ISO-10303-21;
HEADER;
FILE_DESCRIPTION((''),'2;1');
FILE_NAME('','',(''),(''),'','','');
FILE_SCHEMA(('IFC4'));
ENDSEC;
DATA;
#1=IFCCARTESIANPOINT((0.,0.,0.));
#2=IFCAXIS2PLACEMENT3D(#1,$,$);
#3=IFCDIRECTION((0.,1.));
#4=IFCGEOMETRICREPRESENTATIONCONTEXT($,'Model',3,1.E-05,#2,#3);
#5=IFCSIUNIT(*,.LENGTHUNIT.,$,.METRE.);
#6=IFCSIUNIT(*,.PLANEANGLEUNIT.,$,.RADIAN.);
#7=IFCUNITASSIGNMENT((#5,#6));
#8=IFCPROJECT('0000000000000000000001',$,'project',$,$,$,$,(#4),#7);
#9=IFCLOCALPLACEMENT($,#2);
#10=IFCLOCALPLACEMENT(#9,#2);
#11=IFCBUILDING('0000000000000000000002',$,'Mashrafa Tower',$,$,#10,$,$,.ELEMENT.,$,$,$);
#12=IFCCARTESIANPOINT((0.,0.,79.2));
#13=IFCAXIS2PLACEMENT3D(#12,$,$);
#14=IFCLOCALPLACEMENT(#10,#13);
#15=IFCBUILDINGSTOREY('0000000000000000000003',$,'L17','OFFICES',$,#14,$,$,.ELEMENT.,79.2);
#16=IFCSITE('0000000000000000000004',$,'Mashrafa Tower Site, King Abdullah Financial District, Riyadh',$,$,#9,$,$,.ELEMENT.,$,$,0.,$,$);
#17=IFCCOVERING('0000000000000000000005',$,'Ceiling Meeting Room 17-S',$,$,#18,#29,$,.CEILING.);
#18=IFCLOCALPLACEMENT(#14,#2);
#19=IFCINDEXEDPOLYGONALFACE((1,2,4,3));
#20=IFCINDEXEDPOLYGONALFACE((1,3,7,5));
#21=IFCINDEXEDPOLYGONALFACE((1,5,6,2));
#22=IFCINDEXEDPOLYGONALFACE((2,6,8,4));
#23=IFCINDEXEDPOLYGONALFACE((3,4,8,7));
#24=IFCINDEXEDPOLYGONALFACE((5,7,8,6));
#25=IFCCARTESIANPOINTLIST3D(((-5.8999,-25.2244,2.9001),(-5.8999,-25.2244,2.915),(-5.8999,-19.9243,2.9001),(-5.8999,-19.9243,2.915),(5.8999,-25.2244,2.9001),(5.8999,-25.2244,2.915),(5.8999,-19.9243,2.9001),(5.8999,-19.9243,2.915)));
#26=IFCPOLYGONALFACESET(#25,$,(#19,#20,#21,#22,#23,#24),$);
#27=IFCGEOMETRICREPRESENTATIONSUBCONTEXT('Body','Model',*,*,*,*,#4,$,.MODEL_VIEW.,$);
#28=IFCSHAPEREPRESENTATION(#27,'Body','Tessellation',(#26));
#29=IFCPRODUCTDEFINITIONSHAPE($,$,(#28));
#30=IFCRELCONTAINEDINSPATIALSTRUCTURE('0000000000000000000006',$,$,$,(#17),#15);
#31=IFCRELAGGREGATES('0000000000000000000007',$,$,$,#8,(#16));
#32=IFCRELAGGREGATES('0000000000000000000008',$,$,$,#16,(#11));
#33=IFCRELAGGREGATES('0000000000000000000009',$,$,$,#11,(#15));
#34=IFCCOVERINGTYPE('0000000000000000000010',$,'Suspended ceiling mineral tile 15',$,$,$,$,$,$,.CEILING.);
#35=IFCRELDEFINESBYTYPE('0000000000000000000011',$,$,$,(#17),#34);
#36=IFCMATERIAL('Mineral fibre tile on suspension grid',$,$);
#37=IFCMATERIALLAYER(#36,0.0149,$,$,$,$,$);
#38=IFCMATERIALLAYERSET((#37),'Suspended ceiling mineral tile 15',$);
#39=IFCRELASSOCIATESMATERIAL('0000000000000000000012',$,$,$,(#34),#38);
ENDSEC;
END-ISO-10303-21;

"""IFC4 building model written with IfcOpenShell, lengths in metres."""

from ifc_helpers import new_model, si_unit, direction, frame, origin, place, context, subcontext, project, spatial, polyline, outline, extrude, material, layer, layer_set, type_object, element, save


model = new_model("IFC4")

# Units and contexts
model_context = context("Model", 3, precision=1e-05, world=origin(), true_north=direction((0.0, 1.0)))
body_context = subcontext(model_context, "Body", "Model", "MODEL_VIEW")
ifc_project = project(units=[si_unit("LENGTHUNIT", "METRE"), si_unit("PLANEANGLEUNIT", "RADIAN")], contexts=[model_context])

# Site, building, storey
site_placement = place(None, origin())
site = spatial("IfcSite", under=ifc_project, at=site_placement, Name="Mashrafa Tower Site, King Abdullah Financial District, Riyadh", CompositionType="ELEMENT", RefElevation=0.0)
building_placement = place(site_placement, origin())
building = spatial("IfcBuilding", under=site, at=building_placement, Name="Mashrafa Tower", CompositionType="ELEMENT")
storey_placement = place(building_placement, frame((0.0, 0.0, 79.2)))
storey = spatial("IfcBuildingStorey", under=building, at=storey_placement, Name="L17", Description="OFFICES", CompositionType="ELEMENT", Elevation=79.2)

# Covering
ifc_material_1 = material(Name="Mineral fibre tile on suspension grid")
ifc_layer_1 = layer(ifc_material_1, 0.0149)
ifc_layer_set_1 = layer_set([ifc_layer_1], Name="Suspended ceiling mineral tile 15")
covering_type = type_object("IfcCoveringType", Name="Suspended ceiling mineral tile 15", PredefinedType="CEILING", material=ifc_layer_set_1)
covering_1_placement = place(storey_placement, frame((0.0, 0.0, 2.9001)))
element("IfcCovering", 1, at=covering_1_placement, inside=storey, type_object=covering_type, Name="Ceiling Meeting Room 17-S", PredefinedType="CEILING", context=body_context, shape_type="SweptSolid", body=[
    extrude(outline(polyline([(-5.8999, -19.9243), (5.8999, -19.9243), (5.8999, -25.2244), (-5.8999, -25.2244), (-5.8999, -19.9243)])), origin(), (0.0, 0.0, 1.0), 0.0149),
])

save(model, "model.ifc")
